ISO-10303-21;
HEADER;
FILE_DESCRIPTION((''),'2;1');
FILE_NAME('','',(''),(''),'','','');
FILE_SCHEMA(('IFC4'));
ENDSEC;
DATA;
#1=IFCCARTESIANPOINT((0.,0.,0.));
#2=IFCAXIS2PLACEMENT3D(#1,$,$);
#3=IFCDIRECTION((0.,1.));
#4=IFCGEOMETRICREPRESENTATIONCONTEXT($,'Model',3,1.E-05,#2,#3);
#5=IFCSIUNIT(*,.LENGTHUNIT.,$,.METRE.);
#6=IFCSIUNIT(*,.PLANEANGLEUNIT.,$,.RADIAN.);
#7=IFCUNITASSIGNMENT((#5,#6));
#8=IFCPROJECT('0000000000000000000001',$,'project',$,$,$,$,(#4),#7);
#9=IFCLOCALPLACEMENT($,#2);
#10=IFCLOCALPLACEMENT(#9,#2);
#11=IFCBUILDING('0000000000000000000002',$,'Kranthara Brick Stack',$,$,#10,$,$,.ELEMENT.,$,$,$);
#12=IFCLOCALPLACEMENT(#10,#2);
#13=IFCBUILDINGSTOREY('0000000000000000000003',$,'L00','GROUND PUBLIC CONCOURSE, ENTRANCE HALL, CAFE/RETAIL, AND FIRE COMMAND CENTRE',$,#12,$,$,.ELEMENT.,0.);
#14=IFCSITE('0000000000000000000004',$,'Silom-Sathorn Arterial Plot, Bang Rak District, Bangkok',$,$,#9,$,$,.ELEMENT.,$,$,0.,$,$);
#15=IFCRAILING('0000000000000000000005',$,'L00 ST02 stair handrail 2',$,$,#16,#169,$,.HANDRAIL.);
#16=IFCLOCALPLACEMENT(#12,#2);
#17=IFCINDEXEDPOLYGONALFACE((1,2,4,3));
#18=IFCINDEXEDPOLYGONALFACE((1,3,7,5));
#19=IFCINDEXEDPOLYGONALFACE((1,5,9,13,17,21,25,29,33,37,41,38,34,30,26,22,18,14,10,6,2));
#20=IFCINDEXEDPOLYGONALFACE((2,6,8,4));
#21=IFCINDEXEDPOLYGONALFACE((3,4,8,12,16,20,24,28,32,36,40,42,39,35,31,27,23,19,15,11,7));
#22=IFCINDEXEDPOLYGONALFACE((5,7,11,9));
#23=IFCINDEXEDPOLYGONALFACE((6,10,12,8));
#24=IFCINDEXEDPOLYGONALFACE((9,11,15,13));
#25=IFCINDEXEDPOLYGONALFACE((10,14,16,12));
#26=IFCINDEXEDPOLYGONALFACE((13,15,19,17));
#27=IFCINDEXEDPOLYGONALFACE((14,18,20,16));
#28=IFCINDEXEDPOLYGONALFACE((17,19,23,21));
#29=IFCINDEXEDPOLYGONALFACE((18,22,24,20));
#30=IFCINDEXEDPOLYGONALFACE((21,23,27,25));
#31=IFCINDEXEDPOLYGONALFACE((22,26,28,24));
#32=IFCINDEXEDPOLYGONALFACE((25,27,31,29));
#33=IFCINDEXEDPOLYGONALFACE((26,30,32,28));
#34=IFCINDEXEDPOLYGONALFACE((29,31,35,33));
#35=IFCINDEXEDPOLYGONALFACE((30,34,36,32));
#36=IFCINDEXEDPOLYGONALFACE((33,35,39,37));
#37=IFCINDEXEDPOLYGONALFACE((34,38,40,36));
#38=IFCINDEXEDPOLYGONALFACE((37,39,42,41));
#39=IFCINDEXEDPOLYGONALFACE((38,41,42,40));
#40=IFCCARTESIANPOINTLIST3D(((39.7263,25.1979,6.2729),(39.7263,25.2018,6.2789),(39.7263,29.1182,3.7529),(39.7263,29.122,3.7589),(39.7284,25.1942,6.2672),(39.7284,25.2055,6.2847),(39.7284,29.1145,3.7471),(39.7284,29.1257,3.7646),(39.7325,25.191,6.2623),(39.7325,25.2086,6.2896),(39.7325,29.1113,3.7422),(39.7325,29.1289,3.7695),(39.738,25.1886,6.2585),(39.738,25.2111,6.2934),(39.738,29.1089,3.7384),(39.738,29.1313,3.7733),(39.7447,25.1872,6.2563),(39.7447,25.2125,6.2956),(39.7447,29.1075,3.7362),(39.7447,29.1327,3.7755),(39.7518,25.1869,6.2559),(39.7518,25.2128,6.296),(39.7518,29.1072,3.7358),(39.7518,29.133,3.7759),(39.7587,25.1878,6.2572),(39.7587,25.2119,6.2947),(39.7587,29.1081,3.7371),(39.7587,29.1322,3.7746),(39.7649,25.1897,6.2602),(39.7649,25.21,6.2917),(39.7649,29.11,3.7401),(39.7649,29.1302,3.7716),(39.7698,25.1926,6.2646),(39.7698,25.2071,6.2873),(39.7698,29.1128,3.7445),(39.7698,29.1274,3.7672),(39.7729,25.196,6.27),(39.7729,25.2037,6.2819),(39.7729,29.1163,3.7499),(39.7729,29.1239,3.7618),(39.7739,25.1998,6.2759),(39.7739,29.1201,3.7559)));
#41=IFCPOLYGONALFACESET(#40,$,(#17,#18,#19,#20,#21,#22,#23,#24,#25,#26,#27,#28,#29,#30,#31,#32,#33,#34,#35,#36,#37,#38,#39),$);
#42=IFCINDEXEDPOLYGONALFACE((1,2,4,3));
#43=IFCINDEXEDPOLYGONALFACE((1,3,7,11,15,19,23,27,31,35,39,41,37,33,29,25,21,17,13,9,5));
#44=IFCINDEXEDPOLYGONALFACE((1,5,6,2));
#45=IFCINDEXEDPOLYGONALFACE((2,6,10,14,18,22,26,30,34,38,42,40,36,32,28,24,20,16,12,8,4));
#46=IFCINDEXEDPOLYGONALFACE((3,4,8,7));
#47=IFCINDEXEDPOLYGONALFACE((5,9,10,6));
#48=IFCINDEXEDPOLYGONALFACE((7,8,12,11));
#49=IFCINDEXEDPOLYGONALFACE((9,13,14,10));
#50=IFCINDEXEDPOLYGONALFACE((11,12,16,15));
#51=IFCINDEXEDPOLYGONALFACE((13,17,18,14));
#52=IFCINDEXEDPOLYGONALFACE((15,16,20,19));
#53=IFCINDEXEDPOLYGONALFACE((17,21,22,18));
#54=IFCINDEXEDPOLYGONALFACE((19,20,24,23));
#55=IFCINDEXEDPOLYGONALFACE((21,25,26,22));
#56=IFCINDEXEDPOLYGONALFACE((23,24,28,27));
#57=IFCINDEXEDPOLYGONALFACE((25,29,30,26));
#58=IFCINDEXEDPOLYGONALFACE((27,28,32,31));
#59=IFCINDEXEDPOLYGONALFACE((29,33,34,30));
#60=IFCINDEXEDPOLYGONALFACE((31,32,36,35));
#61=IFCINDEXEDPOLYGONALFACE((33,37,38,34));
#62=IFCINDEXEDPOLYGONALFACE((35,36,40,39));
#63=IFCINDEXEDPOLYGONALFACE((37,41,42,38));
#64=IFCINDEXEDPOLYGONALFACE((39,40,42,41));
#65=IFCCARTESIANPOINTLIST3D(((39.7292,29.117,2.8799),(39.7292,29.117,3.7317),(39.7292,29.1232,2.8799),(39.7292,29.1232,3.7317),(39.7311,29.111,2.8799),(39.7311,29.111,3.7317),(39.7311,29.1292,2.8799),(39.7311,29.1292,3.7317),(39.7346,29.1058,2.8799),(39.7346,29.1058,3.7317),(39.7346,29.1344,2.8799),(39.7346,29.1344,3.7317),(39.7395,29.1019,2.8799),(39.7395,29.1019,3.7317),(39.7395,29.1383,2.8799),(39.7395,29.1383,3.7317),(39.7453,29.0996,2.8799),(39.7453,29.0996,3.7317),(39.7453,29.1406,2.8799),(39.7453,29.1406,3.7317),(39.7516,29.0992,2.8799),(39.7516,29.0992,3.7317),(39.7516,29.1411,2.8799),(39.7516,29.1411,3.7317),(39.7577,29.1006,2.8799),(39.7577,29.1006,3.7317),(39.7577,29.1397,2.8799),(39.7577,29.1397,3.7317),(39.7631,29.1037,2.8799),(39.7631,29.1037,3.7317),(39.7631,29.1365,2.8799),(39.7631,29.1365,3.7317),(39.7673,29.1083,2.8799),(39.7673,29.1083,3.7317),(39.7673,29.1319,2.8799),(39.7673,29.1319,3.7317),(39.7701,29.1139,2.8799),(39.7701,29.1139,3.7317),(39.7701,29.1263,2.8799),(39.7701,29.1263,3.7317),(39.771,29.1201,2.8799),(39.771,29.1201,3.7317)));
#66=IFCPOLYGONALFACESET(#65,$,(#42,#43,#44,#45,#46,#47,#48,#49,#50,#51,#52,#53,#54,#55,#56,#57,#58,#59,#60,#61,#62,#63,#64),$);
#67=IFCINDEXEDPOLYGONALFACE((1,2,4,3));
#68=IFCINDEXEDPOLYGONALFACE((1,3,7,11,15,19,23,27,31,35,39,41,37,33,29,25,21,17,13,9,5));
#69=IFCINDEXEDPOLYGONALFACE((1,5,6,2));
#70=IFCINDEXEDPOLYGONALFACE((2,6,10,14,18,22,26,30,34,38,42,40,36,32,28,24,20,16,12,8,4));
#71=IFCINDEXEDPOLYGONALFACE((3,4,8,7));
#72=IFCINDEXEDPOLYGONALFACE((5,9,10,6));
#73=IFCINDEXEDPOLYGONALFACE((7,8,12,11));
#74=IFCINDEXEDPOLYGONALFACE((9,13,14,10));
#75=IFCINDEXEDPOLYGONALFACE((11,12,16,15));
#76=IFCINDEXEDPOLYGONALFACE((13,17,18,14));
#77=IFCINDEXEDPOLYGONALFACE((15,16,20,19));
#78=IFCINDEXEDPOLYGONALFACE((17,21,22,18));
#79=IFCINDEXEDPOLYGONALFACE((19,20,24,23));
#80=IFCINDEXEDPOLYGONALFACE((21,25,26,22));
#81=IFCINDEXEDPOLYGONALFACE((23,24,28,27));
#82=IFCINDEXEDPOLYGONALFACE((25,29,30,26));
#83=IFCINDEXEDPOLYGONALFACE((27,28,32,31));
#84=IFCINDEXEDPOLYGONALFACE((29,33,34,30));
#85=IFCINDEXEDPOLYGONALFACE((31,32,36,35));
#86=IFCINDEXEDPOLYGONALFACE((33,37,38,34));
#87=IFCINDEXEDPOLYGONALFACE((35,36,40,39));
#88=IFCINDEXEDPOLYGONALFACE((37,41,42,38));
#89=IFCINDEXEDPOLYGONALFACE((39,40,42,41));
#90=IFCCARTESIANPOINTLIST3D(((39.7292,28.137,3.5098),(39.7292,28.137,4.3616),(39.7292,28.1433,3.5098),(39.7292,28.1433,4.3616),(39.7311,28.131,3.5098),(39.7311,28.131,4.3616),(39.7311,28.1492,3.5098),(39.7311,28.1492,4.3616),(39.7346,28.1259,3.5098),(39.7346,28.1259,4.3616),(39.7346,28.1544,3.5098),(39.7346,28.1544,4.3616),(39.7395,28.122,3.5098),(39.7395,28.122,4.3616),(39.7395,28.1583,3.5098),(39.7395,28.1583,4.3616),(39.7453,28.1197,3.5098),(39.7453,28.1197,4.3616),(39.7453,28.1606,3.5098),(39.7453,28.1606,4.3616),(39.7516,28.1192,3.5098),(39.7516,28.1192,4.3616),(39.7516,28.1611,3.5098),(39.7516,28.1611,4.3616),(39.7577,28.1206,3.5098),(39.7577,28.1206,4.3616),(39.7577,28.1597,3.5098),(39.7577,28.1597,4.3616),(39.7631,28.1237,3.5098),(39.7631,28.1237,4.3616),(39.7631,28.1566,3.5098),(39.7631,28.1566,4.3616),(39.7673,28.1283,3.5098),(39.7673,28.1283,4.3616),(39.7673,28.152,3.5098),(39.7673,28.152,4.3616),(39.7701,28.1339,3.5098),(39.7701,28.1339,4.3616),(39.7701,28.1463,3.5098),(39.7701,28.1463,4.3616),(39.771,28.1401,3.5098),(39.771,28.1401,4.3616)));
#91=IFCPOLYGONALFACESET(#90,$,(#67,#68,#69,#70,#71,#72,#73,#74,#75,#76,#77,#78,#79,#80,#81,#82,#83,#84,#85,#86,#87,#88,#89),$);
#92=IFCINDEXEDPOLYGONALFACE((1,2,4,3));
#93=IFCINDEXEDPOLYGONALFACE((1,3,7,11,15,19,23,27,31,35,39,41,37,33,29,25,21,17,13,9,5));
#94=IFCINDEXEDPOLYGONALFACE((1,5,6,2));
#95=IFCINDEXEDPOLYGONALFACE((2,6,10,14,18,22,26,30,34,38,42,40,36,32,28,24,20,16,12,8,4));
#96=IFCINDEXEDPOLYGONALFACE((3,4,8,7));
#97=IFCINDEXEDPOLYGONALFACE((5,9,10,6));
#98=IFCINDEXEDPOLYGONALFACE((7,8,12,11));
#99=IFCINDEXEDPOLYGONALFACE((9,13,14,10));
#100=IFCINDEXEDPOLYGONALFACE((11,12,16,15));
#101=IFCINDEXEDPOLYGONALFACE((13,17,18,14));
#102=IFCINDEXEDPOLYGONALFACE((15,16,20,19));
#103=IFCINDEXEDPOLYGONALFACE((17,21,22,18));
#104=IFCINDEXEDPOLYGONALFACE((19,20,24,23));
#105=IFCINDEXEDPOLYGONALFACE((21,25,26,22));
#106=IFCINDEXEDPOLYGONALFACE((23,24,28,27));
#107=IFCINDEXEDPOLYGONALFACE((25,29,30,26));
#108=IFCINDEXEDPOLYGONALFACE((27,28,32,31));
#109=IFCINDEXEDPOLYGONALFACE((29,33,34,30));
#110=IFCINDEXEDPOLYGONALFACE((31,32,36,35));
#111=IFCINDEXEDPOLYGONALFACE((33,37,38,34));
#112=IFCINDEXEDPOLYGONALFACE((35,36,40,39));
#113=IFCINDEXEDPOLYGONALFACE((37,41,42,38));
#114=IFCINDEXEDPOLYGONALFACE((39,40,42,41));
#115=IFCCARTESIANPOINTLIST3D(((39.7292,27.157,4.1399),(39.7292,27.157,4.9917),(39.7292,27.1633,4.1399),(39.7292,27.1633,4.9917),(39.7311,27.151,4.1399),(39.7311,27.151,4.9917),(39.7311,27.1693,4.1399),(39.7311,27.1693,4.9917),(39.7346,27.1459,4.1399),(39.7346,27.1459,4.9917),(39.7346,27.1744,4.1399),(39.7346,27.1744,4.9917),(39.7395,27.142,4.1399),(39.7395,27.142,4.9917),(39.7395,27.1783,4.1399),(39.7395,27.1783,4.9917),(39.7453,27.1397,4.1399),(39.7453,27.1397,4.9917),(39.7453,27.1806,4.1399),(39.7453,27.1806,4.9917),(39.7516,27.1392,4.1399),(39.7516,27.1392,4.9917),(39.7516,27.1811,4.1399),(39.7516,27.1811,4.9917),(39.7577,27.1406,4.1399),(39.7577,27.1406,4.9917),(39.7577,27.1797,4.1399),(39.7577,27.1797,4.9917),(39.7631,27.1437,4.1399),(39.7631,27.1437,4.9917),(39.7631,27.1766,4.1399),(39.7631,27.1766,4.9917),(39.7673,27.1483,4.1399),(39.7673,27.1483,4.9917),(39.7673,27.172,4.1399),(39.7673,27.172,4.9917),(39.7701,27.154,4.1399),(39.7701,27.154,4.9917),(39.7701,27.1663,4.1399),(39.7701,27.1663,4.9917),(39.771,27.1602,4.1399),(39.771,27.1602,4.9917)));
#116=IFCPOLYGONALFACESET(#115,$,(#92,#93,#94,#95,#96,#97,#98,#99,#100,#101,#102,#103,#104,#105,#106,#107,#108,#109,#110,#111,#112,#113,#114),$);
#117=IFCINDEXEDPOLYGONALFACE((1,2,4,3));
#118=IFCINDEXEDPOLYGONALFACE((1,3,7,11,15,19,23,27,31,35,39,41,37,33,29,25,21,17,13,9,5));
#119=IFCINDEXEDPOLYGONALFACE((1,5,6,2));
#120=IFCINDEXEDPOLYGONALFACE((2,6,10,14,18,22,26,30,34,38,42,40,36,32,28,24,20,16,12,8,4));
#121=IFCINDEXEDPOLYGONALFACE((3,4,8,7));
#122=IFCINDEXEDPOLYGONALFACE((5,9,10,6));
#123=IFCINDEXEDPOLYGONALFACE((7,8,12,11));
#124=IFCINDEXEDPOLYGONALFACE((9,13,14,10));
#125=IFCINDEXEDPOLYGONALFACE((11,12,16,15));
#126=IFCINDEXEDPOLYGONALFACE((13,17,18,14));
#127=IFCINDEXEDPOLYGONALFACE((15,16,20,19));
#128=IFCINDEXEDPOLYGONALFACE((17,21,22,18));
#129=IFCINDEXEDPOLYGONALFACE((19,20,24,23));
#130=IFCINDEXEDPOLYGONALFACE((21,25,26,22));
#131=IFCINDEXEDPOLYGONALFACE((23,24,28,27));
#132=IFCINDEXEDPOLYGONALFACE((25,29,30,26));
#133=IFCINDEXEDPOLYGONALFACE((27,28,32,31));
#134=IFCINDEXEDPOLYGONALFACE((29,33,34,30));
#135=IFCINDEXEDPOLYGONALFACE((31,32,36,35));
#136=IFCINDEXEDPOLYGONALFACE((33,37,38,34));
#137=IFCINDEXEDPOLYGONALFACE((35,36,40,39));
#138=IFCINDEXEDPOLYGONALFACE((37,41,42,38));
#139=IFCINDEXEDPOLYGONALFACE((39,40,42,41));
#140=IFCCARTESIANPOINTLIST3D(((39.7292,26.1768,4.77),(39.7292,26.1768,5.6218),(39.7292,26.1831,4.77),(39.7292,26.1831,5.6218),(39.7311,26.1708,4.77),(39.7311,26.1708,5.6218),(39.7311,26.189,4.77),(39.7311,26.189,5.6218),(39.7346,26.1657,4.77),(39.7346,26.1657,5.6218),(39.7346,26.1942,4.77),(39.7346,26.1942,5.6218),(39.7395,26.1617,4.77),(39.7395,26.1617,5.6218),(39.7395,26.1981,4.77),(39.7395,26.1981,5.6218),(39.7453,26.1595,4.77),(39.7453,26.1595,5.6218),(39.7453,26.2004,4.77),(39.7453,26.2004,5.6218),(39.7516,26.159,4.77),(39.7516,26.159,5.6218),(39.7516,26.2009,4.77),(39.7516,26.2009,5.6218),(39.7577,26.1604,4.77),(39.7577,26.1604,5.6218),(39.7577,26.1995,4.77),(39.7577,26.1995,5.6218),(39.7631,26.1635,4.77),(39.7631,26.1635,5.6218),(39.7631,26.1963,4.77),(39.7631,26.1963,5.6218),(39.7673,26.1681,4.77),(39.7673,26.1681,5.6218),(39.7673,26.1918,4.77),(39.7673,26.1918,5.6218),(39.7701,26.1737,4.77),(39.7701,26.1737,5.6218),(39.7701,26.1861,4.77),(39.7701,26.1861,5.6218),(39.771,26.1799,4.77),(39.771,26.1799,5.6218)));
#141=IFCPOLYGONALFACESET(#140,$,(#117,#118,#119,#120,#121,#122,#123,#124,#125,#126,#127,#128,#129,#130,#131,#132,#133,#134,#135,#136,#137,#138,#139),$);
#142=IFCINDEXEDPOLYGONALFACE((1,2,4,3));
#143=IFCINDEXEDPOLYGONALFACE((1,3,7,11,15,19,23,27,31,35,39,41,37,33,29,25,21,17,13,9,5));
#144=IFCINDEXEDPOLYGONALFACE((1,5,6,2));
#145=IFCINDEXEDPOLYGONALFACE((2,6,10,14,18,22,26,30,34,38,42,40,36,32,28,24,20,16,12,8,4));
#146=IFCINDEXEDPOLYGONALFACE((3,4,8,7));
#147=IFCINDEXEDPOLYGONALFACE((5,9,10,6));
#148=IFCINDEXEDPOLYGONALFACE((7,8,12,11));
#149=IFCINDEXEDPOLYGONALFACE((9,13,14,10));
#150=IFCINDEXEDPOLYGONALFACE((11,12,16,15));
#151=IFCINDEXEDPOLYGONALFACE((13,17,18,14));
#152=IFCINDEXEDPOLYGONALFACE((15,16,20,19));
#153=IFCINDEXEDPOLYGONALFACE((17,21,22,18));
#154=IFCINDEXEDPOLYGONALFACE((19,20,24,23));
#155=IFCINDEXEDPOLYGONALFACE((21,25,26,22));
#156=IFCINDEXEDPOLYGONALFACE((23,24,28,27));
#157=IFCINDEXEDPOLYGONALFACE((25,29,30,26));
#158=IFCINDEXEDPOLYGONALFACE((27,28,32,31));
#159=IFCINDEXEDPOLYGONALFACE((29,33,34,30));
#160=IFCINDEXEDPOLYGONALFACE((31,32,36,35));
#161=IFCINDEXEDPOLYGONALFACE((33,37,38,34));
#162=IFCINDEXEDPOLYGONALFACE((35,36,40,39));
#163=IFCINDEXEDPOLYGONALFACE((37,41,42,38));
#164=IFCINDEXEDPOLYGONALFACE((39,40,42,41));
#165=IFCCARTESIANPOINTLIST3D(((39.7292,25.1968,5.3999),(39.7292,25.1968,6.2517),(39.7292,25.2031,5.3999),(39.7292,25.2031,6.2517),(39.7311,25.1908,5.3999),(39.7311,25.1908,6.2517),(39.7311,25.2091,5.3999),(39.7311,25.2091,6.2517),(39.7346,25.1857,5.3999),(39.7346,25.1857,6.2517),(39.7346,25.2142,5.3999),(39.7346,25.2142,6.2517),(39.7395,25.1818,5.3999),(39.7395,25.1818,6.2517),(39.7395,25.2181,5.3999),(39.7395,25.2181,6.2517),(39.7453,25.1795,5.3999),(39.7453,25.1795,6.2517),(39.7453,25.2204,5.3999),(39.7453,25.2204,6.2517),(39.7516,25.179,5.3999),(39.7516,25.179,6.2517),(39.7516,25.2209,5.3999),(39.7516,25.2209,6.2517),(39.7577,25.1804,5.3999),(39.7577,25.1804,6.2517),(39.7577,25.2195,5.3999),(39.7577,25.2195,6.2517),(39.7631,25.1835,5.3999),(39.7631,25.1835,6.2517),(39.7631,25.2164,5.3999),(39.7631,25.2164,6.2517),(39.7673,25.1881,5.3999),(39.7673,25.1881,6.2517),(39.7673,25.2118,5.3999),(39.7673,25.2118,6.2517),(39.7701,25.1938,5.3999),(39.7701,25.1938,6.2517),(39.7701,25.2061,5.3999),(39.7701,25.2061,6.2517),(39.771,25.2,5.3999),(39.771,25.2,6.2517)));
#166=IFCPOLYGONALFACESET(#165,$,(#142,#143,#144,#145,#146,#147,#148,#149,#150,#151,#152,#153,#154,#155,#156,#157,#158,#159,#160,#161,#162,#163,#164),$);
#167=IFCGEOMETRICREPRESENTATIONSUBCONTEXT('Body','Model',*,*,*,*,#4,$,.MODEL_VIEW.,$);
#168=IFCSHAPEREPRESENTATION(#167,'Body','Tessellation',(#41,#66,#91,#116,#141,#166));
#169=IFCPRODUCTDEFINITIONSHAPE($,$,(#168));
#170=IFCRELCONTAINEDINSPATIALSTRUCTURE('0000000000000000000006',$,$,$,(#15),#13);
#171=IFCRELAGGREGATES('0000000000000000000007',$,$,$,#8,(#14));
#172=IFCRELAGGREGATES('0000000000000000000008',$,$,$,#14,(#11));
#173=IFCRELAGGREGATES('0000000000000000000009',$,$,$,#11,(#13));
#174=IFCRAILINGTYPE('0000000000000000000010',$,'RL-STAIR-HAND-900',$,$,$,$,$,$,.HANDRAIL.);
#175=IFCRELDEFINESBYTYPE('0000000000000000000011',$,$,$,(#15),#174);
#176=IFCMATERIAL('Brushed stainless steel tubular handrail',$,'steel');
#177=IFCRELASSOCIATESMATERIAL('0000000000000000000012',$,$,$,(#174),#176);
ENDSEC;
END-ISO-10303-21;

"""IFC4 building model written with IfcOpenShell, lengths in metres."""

from ifc_helpers import new_model, si_unit, direction, frame, origin, origin_2d, place, context, subcontext, project, spatial, circle, extrude, material, type_object, element, save


model = new_model("IFC4")

# Units and contexts
model_context = context("Model", 3, precision=1e-05, world=origin(), true_north=direction((0.0, 1.0)))
body_context = subcontext(model_context, "Body", "Model", "MODEL_VIEW")
ifc_project = project(units=[si_unit("LENGTHUNIT", "METRE"), si_unit("PLANEANGLEUNIT", "RADIAN")], contexts=[model_context])

# Site, building, storey
site_placement = place(None, origin())
site = spatial("IfcSite", under=ifc_project, at=site_placement, Name="Silom-Sathorn Arterial Plot, Bang Rak District, Bangkok", CompositionType="ELEMENT", RefElevation=0.0)
building_placement = place(site_placement, origin())
building = spatial("IfcBuilding", under=site, at=building_placement, Name="Kranthara Brick Stack", CompositionType="ELEMENT")
storey_placement = place(building_placement, origin())
storey = spatial("IfcBuildingStorey", under=building, at=storey_placement, Name="L00", Description="GROUND PUBLIC CONCOURSE, ENTRANCE HALL, CAFE/RETAIL, AND FIRE COMMAND CENTRE", CompositionType="ELEMENT", Elevation=0.0)

# Railing
ifc_material_1 = material(Name="Brushed stainless steel tubular handrail", Category="steel")
railing_type_1 = type_object("IfcRailingType", Name="RL-STAIR-HAND-900", PredefinedType="HANDRAIL", material=ifc_material_1)
railing_1_placement = place(storey_placement, frame((39.75, 29.1201, 2.8799)))
element("IfcRailing", 1, at=railing_1_placement, inside=storey, type_object=railing_type_1, Name="L00 ST02 stair handrail 2", PredefinedType="HANDRAIL", context=body_context, shape_type="SweptSolid", body=[
    extrude(circle(Radius=0.0239, at=origin_2d()), frame((0.0, 0.0, 0.876), z_axis=(0.0, -0.841187, 0.540744), x_axis=(1.0, 0.0, 0.0)), (0.0, 0.0, 1.0), 4.6604),
    extrude(circle(Radius=0.021, at=origin_2d()), origin(), (0.0, 0.0, 1.0), 0.8518),
    extrude(circle(Radius=0.021, at=origin_2d()), frame((0.0, -0.98, 0.6299)), (0.0, 0.0, 1.0), 0.8518),
    extrude(circle(Radius=0.021, at=origin_2d()), frame((0.0, -1.96, 1.26)), (0.0, 0.0, 1.0), 0.8518),
    extrude(circle(Radius=0.021, at=origin_2d()), frame((0.0, -2.9402, 1.8901)), (0.0, 0.0, 1.0), 0.8518),
    extrude(circle(Radius=0.021, at=origin_2d()), frame((0.0, -3.9202, 2.52)), (0.0, 0.0, 1.0), 0.8518),
])

save(model, "model.ifc")
